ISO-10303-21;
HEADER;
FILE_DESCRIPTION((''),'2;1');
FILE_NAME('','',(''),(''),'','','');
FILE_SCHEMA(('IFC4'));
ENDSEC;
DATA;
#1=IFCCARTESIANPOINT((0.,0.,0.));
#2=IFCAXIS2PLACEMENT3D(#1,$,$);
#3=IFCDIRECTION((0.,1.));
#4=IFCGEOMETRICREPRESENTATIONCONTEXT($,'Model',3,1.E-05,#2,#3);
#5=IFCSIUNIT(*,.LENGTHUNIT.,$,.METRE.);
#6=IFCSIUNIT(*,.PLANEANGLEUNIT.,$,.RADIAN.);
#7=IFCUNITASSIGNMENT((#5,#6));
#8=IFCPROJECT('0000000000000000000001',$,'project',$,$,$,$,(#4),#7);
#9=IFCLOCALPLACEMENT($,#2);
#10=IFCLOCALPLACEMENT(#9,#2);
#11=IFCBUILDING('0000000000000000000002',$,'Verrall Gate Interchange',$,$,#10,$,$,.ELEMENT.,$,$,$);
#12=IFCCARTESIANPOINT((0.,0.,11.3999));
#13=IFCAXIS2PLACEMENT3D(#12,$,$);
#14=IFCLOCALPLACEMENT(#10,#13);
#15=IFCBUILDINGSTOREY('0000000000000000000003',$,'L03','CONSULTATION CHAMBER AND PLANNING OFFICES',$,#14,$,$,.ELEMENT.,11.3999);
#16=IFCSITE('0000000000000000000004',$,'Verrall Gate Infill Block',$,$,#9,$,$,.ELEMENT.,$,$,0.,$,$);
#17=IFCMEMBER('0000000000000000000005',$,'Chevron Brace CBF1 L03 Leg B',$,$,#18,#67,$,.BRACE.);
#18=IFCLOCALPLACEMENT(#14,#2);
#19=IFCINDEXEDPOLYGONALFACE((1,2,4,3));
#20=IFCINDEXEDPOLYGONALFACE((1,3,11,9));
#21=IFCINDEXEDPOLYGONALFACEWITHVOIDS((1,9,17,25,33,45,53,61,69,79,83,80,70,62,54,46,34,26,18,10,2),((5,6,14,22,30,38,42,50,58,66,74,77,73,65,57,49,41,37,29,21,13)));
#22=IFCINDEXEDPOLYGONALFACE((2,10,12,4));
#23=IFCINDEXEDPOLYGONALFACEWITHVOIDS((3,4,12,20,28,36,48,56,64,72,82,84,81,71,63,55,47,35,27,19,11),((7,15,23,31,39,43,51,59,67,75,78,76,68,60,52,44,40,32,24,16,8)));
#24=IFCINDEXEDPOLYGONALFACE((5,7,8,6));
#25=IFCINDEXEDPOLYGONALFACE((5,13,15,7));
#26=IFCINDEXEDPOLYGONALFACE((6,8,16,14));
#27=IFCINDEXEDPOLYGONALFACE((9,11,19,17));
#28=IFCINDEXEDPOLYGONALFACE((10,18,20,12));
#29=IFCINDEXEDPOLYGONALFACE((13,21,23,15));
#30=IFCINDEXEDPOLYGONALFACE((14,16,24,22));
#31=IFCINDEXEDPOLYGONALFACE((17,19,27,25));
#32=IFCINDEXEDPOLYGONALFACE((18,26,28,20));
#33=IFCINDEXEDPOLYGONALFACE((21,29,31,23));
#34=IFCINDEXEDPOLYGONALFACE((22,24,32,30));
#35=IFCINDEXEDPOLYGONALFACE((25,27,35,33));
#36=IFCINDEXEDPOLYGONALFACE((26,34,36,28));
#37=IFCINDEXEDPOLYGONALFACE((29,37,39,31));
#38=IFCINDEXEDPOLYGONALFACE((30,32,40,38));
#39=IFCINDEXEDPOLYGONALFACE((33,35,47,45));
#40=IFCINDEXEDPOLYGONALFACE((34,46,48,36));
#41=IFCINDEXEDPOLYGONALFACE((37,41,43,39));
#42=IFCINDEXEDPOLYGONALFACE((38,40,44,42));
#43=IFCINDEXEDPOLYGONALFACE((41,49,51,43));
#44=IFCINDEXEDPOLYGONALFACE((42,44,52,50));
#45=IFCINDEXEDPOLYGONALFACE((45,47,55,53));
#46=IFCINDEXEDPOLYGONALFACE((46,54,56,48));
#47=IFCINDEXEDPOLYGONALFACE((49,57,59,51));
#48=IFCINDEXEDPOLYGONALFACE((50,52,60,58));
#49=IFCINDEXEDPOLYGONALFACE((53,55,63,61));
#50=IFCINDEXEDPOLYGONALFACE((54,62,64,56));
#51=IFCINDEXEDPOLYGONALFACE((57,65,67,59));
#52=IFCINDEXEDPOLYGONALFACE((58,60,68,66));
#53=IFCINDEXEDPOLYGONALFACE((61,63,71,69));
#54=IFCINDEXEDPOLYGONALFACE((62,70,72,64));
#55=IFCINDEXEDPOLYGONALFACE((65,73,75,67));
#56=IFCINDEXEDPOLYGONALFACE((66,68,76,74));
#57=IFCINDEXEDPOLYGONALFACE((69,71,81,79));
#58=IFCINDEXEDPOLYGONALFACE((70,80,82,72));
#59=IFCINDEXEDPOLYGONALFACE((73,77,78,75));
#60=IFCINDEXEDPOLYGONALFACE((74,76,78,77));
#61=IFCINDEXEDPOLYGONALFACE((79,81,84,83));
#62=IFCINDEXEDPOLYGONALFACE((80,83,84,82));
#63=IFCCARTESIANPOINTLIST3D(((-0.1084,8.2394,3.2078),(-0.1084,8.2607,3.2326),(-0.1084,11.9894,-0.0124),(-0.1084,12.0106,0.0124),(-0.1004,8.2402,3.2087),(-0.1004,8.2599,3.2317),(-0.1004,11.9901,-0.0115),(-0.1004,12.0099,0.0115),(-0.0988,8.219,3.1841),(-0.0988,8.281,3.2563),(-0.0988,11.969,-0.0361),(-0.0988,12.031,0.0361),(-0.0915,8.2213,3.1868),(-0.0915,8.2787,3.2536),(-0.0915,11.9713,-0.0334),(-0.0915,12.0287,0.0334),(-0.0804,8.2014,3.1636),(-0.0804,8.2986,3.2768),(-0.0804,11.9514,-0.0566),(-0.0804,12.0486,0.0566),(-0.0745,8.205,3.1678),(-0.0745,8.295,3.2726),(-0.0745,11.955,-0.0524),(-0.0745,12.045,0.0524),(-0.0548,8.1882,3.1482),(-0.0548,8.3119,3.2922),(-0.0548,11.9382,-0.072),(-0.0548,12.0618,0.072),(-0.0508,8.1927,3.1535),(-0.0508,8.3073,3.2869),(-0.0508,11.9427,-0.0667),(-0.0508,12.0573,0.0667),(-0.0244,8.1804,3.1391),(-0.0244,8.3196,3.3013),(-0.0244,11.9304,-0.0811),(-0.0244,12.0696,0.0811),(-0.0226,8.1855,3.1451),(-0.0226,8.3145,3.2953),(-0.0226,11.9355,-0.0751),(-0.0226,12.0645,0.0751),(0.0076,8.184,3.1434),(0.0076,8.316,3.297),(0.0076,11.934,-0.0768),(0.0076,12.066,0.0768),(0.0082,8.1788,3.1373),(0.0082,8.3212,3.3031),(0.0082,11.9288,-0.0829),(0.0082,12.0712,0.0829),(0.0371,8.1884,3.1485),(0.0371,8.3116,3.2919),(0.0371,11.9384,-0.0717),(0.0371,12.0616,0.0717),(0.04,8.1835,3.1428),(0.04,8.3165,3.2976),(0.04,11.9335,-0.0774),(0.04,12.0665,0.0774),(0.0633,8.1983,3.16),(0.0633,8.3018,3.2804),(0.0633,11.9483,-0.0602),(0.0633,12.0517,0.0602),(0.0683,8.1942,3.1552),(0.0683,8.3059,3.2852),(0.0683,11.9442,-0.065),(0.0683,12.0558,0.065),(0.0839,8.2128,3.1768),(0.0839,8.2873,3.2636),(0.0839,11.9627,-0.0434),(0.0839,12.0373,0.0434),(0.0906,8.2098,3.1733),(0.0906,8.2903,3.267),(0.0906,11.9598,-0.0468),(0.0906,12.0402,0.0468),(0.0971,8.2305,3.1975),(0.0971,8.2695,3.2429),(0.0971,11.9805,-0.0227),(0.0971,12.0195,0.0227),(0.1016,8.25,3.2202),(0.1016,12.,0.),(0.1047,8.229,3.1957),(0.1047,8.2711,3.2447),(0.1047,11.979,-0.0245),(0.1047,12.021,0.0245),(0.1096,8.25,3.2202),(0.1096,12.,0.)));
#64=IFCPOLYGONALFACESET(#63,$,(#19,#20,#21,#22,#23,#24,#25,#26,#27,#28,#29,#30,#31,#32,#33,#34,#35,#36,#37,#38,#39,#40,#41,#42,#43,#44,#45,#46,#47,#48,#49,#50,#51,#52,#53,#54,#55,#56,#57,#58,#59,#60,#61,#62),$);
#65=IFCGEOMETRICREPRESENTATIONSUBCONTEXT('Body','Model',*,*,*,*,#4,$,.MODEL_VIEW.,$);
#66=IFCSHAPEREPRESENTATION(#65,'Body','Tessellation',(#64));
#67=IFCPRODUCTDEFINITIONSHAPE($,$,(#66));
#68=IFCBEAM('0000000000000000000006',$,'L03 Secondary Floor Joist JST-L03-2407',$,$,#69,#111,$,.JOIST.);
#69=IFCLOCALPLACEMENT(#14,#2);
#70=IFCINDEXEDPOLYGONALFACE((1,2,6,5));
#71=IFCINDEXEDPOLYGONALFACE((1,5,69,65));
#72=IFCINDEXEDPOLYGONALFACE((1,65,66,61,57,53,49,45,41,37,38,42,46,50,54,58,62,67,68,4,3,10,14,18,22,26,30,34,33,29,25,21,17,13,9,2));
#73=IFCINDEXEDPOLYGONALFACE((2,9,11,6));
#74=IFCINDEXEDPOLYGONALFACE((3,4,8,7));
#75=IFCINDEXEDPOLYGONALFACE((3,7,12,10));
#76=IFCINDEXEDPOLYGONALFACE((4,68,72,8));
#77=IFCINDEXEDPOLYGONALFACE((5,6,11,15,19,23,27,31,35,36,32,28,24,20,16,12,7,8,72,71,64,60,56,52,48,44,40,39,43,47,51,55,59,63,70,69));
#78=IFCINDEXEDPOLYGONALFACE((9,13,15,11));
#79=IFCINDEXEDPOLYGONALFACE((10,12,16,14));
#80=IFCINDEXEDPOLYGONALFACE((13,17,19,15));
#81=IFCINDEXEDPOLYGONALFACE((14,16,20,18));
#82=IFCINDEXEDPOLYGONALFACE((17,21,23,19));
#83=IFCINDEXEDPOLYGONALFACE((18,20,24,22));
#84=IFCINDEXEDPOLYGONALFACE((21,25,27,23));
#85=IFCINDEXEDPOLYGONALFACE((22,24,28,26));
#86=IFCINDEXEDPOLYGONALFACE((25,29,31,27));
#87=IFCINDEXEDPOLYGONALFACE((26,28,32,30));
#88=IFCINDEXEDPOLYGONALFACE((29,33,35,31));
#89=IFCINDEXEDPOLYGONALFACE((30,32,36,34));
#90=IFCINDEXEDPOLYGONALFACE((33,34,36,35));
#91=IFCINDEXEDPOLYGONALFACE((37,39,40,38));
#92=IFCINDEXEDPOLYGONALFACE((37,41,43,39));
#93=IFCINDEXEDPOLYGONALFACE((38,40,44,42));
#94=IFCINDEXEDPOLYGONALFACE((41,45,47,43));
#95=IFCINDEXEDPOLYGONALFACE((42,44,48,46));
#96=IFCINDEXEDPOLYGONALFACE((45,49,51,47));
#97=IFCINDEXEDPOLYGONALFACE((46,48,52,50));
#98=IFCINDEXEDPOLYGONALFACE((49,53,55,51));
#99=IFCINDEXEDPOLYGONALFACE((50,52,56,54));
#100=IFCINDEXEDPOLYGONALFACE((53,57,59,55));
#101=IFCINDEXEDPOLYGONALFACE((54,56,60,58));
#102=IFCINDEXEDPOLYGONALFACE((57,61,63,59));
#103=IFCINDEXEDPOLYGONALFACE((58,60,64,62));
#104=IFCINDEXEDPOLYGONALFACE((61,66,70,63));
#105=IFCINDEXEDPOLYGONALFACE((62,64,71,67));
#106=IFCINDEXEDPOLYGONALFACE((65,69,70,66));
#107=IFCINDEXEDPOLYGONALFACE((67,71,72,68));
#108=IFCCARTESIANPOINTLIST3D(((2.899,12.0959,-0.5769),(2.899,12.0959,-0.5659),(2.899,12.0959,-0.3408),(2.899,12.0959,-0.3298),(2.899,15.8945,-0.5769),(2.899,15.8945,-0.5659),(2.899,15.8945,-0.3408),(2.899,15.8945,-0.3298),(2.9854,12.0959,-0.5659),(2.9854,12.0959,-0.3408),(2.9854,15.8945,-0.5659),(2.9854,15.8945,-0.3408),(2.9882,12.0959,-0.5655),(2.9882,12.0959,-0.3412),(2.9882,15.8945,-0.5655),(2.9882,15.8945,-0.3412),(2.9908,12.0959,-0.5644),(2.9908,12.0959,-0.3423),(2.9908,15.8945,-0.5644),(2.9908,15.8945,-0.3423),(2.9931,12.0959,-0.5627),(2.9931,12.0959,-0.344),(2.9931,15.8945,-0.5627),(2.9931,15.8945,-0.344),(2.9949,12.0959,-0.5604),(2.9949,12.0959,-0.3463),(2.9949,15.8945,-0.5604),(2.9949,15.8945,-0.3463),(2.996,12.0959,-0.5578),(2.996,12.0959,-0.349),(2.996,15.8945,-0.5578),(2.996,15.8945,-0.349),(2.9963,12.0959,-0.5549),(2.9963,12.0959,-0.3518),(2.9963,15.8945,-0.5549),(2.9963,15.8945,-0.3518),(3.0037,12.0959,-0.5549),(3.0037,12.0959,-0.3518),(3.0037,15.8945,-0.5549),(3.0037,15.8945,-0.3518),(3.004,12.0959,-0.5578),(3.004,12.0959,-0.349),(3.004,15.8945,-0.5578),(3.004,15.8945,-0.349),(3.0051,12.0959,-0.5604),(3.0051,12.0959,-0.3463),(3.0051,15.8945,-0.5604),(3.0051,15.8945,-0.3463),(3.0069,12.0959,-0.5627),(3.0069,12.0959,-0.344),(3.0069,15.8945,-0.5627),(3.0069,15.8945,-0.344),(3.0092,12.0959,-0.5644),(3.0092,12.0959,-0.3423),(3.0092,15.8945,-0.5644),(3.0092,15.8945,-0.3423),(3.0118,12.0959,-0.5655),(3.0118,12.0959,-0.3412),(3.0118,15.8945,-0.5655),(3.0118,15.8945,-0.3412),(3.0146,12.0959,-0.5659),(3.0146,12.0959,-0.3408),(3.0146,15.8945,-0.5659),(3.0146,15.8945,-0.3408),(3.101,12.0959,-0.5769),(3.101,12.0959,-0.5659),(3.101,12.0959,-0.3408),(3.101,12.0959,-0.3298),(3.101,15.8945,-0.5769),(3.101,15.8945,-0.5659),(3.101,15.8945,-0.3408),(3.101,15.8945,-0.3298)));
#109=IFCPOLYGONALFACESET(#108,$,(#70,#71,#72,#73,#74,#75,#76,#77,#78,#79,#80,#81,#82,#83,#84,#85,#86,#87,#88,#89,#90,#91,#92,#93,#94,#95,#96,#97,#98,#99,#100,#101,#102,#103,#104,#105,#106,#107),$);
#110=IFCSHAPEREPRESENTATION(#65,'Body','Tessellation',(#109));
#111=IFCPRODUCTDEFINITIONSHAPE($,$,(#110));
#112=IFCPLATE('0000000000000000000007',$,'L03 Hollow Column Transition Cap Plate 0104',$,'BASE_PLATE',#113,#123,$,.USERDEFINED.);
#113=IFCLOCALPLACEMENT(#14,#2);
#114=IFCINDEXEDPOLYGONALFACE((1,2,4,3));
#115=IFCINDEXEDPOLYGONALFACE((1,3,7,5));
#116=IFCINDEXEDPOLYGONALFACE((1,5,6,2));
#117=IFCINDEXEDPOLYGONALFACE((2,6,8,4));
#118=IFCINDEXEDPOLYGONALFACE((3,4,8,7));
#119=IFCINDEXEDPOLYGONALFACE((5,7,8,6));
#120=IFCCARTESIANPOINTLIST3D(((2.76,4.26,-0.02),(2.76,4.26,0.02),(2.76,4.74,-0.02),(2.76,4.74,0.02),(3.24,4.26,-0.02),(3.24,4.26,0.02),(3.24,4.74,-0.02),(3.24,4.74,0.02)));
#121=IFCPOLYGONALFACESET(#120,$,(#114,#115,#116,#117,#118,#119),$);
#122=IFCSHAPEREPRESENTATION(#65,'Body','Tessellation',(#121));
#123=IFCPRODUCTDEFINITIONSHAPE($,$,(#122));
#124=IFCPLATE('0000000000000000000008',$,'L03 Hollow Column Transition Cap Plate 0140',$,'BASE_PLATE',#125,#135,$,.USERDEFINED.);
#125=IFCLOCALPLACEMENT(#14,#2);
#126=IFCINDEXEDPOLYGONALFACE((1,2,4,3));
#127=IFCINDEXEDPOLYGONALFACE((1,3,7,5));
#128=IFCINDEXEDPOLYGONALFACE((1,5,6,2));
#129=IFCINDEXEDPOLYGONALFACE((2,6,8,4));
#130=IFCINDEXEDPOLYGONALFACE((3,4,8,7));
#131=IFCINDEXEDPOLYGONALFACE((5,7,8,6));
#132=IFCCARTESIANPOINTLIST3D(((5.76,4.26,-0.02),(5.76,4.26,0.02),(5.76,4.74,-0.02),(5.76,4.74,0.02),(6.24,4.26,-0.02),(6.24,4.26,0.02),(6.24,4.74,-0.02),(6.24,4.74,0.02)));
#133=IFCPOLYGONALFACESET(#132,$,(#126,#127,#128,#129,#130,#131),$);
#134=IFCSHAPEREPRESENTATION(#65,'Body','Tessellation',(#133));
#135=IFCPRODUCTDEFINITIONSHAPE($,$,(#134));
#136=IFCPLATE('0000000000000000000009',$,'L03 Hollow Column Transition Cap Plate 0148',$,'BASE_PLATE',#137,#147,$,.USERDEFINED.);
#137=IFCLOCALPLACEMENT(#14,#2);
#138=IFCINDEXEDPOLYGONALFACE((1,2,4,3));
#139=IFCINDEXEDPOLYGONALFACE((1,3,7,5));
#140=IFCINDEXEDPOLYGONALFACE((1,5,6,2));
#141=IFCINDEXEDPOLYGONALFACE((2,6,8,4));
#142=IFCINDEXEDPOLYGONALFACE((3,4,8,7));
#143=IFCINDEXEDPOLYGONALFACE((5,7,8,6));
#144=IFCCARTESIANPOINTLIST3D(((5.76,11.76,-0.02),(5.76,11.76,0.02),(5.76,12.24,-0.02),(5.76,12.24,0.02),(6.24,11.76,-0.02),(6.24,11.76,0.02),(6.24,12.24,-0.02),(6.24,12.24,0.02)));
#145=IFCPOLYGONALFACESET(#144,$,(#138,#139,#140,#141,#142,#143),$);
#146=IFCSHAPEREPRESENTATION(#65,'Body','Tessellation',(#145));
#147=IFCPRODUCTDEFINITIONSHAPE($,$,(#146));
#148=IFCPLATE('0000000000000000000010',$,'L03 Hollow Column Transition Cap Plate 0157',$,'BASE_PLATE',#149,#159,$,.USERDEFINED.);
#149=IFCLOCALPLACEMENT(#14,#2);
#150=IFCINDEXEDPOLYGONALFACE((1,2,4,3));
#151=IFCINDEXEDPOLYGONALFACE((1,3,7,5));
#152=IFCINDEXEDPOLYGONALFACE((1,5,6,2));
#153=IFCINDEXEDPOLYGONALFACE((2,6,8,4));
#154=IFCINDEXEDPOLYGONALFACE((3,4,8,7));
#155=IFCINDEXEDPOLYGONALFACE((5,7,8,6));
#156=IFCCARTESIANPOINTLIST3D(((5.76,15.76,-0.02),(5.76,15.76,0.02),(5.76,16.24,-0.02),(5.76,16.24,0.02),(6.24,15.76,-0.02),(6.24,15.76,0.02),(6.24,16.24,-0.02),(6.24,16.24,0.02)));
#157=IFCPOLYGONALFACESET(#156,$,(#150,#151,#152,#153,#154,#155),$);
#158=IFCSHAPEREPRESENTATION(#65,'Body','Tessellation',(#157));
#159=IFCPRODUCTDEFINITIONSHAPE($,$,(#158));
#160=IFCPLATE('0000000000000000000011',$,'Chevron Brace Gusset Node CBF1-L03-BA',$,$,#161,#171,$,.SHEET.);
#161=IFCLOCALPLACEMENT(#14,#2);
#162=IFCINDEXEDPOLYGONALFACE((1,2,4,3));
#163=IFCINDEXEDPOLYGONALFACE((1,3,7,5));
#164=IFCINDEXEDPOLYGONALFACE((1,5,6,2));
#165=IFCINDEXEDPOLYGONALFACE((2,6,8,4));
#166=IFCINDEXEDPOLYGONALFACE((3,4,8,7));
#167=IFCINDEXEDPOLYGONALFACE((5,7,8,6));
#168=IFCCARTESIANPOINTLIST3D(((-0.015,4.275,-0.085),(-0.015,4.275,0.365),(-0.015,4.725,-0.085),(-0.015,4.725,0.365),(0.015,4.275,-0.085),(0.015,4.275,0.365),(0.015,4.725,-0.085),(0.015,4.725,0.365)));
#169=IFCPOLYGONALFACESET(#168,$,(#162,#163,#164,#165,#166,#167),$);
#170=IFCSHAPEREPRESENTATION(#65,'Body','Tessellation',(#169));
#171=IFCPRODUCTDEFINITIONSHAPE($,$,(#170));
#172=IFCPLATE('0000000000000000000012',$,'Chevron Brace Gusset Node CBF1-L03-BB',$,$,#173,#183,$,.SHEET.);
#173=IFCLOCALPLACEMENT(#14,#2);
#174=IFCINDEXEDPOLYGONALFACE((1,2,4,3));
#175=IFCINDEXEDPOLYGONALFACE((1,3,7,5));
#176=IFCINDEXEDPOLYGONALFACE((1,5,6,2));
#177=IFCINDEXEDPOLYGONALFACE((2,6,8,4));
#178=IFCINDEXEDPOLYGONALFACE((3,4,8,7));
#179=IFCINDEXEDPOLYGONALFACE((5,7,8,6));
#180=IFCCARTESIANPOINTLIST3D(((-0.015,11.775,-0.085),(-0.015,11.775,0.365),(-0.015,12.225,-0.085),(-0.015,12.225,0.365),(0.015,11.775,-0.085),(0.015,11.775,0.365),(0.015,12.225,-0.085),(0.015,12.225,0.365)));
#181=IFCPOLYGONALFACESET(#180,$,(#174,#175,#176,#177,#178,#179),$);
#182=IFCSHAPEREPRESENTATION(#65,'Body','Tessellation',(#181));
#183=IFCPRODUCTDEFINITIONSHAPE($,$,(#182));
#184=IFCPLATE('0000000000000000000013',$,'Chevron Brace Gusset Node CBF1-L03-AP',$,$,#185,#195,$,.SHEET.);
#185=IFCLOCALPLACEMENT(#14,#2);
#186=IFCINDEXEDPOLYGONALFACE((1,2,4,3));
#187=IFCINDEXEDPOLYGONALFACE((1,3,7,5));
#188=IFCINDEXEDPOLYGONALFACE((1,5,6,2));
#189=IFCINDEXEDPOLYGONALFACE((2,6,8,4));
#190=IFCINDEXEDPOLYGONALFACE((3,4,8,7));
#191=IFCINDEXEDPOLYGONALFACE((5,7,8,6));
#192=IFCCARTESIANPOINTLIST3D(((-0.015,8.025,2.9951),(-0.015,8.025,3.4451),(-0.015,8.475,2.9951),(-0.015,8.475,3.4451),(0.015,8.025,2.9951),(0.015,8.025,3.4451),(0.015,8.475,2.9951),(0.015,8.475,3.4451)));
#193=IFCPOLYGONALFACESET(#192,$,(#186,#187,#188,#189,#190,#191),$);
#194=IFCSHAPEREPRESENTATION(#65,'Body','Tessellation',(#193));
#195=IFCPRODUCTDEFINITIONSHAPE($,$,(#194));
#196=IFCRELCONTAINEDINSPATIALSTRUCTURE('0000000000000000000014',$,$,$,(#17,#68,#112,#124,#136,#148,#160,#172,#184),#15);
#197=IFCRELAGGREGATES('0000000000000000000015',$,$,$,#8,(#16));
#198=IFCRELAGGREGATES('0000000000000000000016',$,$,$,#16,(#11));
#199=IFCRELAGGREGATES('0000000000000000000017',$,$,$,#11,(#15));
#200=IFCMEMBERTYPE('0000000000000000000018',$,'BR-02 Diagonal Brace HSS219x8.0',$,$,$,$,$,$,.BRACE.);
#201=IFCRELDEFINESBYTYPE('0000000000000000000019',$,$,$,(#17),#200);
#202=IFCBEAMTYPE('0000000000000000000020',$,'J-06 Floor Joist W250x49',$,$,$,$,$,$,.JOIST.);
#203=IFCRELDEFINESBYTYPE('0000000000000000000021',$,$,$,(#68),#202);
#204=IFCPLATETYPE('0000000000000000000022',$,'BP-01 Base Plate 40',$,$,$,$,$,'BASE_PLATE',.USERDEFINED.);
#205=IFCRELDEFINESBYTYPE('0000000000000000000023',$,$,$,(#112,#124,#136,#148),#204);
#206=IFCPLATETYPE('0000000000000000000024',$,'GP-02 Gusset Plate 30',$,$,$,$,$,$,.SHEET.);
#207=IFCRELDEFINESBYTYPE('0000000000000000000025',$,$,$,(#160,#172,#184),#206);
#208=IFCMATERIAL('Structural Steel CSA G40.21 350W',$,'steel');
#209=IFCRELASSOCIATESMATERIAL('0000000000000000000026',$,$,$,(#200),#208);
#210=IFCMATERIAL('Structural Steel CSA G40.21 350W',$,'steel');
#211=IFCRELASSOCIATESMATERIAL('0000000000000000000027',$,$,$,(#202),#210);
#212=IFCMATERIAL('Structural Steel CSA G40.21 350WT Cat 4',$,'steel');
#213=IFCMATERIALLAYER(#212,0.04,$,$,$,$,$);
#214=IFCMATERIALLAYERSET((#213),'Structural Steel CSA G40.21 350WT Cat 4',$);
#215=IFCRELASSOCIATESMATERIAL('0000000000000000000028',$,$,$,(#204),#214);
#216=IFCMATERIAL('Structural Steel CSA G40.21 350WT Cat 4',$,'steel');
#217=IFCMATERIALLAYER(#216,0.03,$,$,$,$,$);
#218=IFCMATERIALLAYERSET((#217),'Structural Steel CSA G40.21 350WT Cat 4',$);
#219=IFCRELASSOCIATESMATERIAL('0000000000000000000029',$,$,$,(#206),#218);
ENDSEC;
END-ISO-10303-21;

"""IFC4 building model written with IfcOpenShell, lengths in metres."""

from ifc_helpers import new_model, si_unit, direction, frame, origin, origin_2d, place, context, subcontext, project, spatial, rectangle, hollow_circle, i_section, extrude, material, layer, layer_set, material_profile, profile_set, type_object, element, save


model = new_model("IFC4")

# Units and contexts
model_context = context("Model", 3, precision=1e-05, world=origin(), true_north=direction((0.0, 1.0)))
body_context = subcontext(model_context, "Body", "Model", "MODEL_VIEW")
ifc_project = project(units=[si_unit("LENGTHUNIT", "METRE"), si_unit("PLANEANGLEUNIT", "RADIAN")], contexts=[model_context])

# Site, building, storey
site_placement = place(None, origin())
site = spatial("IfcSite", under=ifc_project, at=site_placement, Name="Verrall Gate Infill Block", CompositionType="ELEMENT", RefElevation=0.0)
building_placement = place(site_placement, origin())
building = spatial("IfcBuilding", under=site, at=building_placement, Name="Verrall Gate Interchange", CompositionType="ELEMENT")
storey_placement = place(building_placement, frame((0.0, 0.0, 11.3999)))
storey = spatial("IfcBuildingStorey", under=building, at=storey_placement, Name="L03", Description="CONSULTATION CHAMBER AND PLANNING OFFICES", CompositionType="ELEMENT", Elevation=11.3999)

# Member
ifc_material_1 = material(Name="Structural Steel CSA G40.21 350W", Category="steel")
ifc_material_profile_1 = material_profile(ifc_material_1, hollow_circle(Radius=0.1096, WallThickness=0.0081, at=origin_2d()), Name="HSS219x8.0")
ifc_profile_set_1 = profile_set([ifc_material_profile_1], Name="Structural Steel CSA G40.21 350W")
member_type = type_object("IfcMemberType", Name="BR-02 Diagonal Brace HSS219x8.0", PredefinedType="BRACE", material=ifc_profile_set_1)
for number, where, z_axis, x_axis, name in (
    (1, (0.0, 12.0, 0.0), (0.0, -0.758664, 0.651483), (1.0, 0.0, 0.0), "Chevron Brace CBF1 L03 Leg B"),
):
    element("IfcMember", number, at=place(storey_placement, frame(where, z_axis=z_axis, x_axis=x_axis)), inside=storey, type_object=member_type, Name=name, PredefinedType="BRACE", context=body_context, shape_type="SweptSolid", body=[
        extrude(hollow_circle(Radius=0.1096, WallThickness=0.0081, at=origin_2d()), origin(), (0.0, 0.0, 1.0), 4.9429),
    ])

# Beam
ifc_material_2 = material(Name="Structural Steel CSA G40.21 350W", Category="steel")
ifc_material_profile_2 = material_profile(ifc_material_2, i_section(OverallWidth=0.2019, OverallDepth=0.2471, WebThickness=0.0073, FlangeThickness=0.011, FilletRadius=0.011, at=origin_2d()), Name="W250x49")
ifc_profile_set_2 = profile_set([ifc_material_profile_2], Name="Structural Steel CSA G40.21 350W")
beam_type_1 = type_object("IfcBeamType", Name="J-06 Floor Joist W250x49", PredefinedType="JOIST", material=ifc_profile_set_2)
beam_1_placement = place(storey_placement, frame((3.0, 12.0959, -0.4534), z_axis=(0.0, 1.0, 0.0), x_axis=(-1.0, 0.0, 0.0)))
element("IfcBeam", 2, at=beam_1_placement, inside=storey, type_object=beam_type_1, Name="L03 Secondary Floor Joist JST-L03-2407", PredefinedType="JOIST", context=body_context, shape_type="SweptSolid", body=[
    extrude(i_section(OverallWidth=0.2019, OverallDepth=0.2471, WebThickness=0.0073, FlangeThickness=0.011, FilletRadius=0.011, at=origin_2d()), origin(), (0.0, 0.0, 1.0), 3.7986),
])

# Plates
ifc_material_3 = material(Name="Structural Steel CSA G40.21 350WT Cat 4", Category="steel")
ifc_layer_1 = layer(ifc_material_3, 0.04)
ifc_layer_set_1 = layer_set([ifc_layer_1], Name="Structural Steel CSA G40.21 350WT Cat 4")
plate_type_1 = type_object("IfcPlateType", Name="BP-01 Base Plate 40", ElementType="BASE_PLATE", PredefinedType="USERDEFINED", material=ifc_layer_set_1)
for number, where, z_axis, x_axis, name in (
    (3, (3.0, 4.5, -0.02), (0.0, 0.0, 1.0), (1.0, 0.0, 0.0), "L03 Hollow Column Transition Cap Plate 0104"),
    (4, (6.0, 4.5, -0.02), (0.0, 0.0, 1.0), (1.0, 0.0, 0.0), "L03 Hollow Column Transition Cap Plate 0140"),
    (5, (6.0, 12.0, -0.02), (0.0, 0.0, 1.0), (1.0, 0.0, 0.0), "L03 Hollow Column Transition Cap Plate 0148"),
    (6, (6.0, 16.0, -0.02), (0.0, 0.0, 1.0), (1.0, 0.0, 0.0), "L03 Hollow Column Transition Cap Plate 0157"),
):
    element("IfcPlate", number, at=place(storey_placement, frame(where, z_axis=z_axis, x_axis=x_axis)), inside=storey, type_object=plate_type_1, Name=name, ObjectType="BASE_PLATE", PredefinedType="USERDEFINED", context=body_context, shape_type="SweptSolid", body=[
        extrude(rectangle(XDim=0.48, YDim=0.48, at=origin_2d()), origin(), (0.0, 0.0, 1.0), 0.04),
    ])
ifc_material_4 = material(Name="Structural Steel CSA G40.21 350WT Cat 4", Category="steel")
ifc_layer_2 = layer(ifc_material_4, 0.03)
ifc_layer_set_2 = layer_set([ifc_layer_2], Name="Structural Steel CSA G40.21 350WT Cat 4")
plate_type_2 = type_object("IfcPlateType", Name="GP-02 Gusset Plate 30", PredefinedType="SHEET", material=ifc_layer_set_2)
for number, where, z_axis, x_axis, name in (
    (7, (0.0, 4.5, -0.085), (0.0, 0.0, 1.0), (1.0, 0.0, 0.0), "Chevron Brace Gusset Node CBF1-L03-BA"),
    (8, (0.0, 12.0, -0.085), (0.0, 0.0, 1.0), (1.0, 0.0, 0.0), "Chevron Brace Gusset Node CBF1-L03-BB"),
    (9, (0.0, 8.25, 2.9951), (0.0, 0.0, 1.0), (1.0, 0.0, 0.0), "Chevron Brace Gusset Node CBF1-L03-AP"),
):
    element("IfcPlate", number, at=place(storey_placement, frame(where, z_axis=z_axis, x_axis=x_axis)), inside=storey, type_object=plate_type_2, Name=name, PredefinedType="SHEET", context=body_context, shape_type="SweptSolid", body=[
        extrude(rectangle(XDim=0.03, YDim=0.45, at=origin_2d()), origin(), (0.0, 0.0, 1.0), 0.45),
    ])

save(model, "model.ifc")
